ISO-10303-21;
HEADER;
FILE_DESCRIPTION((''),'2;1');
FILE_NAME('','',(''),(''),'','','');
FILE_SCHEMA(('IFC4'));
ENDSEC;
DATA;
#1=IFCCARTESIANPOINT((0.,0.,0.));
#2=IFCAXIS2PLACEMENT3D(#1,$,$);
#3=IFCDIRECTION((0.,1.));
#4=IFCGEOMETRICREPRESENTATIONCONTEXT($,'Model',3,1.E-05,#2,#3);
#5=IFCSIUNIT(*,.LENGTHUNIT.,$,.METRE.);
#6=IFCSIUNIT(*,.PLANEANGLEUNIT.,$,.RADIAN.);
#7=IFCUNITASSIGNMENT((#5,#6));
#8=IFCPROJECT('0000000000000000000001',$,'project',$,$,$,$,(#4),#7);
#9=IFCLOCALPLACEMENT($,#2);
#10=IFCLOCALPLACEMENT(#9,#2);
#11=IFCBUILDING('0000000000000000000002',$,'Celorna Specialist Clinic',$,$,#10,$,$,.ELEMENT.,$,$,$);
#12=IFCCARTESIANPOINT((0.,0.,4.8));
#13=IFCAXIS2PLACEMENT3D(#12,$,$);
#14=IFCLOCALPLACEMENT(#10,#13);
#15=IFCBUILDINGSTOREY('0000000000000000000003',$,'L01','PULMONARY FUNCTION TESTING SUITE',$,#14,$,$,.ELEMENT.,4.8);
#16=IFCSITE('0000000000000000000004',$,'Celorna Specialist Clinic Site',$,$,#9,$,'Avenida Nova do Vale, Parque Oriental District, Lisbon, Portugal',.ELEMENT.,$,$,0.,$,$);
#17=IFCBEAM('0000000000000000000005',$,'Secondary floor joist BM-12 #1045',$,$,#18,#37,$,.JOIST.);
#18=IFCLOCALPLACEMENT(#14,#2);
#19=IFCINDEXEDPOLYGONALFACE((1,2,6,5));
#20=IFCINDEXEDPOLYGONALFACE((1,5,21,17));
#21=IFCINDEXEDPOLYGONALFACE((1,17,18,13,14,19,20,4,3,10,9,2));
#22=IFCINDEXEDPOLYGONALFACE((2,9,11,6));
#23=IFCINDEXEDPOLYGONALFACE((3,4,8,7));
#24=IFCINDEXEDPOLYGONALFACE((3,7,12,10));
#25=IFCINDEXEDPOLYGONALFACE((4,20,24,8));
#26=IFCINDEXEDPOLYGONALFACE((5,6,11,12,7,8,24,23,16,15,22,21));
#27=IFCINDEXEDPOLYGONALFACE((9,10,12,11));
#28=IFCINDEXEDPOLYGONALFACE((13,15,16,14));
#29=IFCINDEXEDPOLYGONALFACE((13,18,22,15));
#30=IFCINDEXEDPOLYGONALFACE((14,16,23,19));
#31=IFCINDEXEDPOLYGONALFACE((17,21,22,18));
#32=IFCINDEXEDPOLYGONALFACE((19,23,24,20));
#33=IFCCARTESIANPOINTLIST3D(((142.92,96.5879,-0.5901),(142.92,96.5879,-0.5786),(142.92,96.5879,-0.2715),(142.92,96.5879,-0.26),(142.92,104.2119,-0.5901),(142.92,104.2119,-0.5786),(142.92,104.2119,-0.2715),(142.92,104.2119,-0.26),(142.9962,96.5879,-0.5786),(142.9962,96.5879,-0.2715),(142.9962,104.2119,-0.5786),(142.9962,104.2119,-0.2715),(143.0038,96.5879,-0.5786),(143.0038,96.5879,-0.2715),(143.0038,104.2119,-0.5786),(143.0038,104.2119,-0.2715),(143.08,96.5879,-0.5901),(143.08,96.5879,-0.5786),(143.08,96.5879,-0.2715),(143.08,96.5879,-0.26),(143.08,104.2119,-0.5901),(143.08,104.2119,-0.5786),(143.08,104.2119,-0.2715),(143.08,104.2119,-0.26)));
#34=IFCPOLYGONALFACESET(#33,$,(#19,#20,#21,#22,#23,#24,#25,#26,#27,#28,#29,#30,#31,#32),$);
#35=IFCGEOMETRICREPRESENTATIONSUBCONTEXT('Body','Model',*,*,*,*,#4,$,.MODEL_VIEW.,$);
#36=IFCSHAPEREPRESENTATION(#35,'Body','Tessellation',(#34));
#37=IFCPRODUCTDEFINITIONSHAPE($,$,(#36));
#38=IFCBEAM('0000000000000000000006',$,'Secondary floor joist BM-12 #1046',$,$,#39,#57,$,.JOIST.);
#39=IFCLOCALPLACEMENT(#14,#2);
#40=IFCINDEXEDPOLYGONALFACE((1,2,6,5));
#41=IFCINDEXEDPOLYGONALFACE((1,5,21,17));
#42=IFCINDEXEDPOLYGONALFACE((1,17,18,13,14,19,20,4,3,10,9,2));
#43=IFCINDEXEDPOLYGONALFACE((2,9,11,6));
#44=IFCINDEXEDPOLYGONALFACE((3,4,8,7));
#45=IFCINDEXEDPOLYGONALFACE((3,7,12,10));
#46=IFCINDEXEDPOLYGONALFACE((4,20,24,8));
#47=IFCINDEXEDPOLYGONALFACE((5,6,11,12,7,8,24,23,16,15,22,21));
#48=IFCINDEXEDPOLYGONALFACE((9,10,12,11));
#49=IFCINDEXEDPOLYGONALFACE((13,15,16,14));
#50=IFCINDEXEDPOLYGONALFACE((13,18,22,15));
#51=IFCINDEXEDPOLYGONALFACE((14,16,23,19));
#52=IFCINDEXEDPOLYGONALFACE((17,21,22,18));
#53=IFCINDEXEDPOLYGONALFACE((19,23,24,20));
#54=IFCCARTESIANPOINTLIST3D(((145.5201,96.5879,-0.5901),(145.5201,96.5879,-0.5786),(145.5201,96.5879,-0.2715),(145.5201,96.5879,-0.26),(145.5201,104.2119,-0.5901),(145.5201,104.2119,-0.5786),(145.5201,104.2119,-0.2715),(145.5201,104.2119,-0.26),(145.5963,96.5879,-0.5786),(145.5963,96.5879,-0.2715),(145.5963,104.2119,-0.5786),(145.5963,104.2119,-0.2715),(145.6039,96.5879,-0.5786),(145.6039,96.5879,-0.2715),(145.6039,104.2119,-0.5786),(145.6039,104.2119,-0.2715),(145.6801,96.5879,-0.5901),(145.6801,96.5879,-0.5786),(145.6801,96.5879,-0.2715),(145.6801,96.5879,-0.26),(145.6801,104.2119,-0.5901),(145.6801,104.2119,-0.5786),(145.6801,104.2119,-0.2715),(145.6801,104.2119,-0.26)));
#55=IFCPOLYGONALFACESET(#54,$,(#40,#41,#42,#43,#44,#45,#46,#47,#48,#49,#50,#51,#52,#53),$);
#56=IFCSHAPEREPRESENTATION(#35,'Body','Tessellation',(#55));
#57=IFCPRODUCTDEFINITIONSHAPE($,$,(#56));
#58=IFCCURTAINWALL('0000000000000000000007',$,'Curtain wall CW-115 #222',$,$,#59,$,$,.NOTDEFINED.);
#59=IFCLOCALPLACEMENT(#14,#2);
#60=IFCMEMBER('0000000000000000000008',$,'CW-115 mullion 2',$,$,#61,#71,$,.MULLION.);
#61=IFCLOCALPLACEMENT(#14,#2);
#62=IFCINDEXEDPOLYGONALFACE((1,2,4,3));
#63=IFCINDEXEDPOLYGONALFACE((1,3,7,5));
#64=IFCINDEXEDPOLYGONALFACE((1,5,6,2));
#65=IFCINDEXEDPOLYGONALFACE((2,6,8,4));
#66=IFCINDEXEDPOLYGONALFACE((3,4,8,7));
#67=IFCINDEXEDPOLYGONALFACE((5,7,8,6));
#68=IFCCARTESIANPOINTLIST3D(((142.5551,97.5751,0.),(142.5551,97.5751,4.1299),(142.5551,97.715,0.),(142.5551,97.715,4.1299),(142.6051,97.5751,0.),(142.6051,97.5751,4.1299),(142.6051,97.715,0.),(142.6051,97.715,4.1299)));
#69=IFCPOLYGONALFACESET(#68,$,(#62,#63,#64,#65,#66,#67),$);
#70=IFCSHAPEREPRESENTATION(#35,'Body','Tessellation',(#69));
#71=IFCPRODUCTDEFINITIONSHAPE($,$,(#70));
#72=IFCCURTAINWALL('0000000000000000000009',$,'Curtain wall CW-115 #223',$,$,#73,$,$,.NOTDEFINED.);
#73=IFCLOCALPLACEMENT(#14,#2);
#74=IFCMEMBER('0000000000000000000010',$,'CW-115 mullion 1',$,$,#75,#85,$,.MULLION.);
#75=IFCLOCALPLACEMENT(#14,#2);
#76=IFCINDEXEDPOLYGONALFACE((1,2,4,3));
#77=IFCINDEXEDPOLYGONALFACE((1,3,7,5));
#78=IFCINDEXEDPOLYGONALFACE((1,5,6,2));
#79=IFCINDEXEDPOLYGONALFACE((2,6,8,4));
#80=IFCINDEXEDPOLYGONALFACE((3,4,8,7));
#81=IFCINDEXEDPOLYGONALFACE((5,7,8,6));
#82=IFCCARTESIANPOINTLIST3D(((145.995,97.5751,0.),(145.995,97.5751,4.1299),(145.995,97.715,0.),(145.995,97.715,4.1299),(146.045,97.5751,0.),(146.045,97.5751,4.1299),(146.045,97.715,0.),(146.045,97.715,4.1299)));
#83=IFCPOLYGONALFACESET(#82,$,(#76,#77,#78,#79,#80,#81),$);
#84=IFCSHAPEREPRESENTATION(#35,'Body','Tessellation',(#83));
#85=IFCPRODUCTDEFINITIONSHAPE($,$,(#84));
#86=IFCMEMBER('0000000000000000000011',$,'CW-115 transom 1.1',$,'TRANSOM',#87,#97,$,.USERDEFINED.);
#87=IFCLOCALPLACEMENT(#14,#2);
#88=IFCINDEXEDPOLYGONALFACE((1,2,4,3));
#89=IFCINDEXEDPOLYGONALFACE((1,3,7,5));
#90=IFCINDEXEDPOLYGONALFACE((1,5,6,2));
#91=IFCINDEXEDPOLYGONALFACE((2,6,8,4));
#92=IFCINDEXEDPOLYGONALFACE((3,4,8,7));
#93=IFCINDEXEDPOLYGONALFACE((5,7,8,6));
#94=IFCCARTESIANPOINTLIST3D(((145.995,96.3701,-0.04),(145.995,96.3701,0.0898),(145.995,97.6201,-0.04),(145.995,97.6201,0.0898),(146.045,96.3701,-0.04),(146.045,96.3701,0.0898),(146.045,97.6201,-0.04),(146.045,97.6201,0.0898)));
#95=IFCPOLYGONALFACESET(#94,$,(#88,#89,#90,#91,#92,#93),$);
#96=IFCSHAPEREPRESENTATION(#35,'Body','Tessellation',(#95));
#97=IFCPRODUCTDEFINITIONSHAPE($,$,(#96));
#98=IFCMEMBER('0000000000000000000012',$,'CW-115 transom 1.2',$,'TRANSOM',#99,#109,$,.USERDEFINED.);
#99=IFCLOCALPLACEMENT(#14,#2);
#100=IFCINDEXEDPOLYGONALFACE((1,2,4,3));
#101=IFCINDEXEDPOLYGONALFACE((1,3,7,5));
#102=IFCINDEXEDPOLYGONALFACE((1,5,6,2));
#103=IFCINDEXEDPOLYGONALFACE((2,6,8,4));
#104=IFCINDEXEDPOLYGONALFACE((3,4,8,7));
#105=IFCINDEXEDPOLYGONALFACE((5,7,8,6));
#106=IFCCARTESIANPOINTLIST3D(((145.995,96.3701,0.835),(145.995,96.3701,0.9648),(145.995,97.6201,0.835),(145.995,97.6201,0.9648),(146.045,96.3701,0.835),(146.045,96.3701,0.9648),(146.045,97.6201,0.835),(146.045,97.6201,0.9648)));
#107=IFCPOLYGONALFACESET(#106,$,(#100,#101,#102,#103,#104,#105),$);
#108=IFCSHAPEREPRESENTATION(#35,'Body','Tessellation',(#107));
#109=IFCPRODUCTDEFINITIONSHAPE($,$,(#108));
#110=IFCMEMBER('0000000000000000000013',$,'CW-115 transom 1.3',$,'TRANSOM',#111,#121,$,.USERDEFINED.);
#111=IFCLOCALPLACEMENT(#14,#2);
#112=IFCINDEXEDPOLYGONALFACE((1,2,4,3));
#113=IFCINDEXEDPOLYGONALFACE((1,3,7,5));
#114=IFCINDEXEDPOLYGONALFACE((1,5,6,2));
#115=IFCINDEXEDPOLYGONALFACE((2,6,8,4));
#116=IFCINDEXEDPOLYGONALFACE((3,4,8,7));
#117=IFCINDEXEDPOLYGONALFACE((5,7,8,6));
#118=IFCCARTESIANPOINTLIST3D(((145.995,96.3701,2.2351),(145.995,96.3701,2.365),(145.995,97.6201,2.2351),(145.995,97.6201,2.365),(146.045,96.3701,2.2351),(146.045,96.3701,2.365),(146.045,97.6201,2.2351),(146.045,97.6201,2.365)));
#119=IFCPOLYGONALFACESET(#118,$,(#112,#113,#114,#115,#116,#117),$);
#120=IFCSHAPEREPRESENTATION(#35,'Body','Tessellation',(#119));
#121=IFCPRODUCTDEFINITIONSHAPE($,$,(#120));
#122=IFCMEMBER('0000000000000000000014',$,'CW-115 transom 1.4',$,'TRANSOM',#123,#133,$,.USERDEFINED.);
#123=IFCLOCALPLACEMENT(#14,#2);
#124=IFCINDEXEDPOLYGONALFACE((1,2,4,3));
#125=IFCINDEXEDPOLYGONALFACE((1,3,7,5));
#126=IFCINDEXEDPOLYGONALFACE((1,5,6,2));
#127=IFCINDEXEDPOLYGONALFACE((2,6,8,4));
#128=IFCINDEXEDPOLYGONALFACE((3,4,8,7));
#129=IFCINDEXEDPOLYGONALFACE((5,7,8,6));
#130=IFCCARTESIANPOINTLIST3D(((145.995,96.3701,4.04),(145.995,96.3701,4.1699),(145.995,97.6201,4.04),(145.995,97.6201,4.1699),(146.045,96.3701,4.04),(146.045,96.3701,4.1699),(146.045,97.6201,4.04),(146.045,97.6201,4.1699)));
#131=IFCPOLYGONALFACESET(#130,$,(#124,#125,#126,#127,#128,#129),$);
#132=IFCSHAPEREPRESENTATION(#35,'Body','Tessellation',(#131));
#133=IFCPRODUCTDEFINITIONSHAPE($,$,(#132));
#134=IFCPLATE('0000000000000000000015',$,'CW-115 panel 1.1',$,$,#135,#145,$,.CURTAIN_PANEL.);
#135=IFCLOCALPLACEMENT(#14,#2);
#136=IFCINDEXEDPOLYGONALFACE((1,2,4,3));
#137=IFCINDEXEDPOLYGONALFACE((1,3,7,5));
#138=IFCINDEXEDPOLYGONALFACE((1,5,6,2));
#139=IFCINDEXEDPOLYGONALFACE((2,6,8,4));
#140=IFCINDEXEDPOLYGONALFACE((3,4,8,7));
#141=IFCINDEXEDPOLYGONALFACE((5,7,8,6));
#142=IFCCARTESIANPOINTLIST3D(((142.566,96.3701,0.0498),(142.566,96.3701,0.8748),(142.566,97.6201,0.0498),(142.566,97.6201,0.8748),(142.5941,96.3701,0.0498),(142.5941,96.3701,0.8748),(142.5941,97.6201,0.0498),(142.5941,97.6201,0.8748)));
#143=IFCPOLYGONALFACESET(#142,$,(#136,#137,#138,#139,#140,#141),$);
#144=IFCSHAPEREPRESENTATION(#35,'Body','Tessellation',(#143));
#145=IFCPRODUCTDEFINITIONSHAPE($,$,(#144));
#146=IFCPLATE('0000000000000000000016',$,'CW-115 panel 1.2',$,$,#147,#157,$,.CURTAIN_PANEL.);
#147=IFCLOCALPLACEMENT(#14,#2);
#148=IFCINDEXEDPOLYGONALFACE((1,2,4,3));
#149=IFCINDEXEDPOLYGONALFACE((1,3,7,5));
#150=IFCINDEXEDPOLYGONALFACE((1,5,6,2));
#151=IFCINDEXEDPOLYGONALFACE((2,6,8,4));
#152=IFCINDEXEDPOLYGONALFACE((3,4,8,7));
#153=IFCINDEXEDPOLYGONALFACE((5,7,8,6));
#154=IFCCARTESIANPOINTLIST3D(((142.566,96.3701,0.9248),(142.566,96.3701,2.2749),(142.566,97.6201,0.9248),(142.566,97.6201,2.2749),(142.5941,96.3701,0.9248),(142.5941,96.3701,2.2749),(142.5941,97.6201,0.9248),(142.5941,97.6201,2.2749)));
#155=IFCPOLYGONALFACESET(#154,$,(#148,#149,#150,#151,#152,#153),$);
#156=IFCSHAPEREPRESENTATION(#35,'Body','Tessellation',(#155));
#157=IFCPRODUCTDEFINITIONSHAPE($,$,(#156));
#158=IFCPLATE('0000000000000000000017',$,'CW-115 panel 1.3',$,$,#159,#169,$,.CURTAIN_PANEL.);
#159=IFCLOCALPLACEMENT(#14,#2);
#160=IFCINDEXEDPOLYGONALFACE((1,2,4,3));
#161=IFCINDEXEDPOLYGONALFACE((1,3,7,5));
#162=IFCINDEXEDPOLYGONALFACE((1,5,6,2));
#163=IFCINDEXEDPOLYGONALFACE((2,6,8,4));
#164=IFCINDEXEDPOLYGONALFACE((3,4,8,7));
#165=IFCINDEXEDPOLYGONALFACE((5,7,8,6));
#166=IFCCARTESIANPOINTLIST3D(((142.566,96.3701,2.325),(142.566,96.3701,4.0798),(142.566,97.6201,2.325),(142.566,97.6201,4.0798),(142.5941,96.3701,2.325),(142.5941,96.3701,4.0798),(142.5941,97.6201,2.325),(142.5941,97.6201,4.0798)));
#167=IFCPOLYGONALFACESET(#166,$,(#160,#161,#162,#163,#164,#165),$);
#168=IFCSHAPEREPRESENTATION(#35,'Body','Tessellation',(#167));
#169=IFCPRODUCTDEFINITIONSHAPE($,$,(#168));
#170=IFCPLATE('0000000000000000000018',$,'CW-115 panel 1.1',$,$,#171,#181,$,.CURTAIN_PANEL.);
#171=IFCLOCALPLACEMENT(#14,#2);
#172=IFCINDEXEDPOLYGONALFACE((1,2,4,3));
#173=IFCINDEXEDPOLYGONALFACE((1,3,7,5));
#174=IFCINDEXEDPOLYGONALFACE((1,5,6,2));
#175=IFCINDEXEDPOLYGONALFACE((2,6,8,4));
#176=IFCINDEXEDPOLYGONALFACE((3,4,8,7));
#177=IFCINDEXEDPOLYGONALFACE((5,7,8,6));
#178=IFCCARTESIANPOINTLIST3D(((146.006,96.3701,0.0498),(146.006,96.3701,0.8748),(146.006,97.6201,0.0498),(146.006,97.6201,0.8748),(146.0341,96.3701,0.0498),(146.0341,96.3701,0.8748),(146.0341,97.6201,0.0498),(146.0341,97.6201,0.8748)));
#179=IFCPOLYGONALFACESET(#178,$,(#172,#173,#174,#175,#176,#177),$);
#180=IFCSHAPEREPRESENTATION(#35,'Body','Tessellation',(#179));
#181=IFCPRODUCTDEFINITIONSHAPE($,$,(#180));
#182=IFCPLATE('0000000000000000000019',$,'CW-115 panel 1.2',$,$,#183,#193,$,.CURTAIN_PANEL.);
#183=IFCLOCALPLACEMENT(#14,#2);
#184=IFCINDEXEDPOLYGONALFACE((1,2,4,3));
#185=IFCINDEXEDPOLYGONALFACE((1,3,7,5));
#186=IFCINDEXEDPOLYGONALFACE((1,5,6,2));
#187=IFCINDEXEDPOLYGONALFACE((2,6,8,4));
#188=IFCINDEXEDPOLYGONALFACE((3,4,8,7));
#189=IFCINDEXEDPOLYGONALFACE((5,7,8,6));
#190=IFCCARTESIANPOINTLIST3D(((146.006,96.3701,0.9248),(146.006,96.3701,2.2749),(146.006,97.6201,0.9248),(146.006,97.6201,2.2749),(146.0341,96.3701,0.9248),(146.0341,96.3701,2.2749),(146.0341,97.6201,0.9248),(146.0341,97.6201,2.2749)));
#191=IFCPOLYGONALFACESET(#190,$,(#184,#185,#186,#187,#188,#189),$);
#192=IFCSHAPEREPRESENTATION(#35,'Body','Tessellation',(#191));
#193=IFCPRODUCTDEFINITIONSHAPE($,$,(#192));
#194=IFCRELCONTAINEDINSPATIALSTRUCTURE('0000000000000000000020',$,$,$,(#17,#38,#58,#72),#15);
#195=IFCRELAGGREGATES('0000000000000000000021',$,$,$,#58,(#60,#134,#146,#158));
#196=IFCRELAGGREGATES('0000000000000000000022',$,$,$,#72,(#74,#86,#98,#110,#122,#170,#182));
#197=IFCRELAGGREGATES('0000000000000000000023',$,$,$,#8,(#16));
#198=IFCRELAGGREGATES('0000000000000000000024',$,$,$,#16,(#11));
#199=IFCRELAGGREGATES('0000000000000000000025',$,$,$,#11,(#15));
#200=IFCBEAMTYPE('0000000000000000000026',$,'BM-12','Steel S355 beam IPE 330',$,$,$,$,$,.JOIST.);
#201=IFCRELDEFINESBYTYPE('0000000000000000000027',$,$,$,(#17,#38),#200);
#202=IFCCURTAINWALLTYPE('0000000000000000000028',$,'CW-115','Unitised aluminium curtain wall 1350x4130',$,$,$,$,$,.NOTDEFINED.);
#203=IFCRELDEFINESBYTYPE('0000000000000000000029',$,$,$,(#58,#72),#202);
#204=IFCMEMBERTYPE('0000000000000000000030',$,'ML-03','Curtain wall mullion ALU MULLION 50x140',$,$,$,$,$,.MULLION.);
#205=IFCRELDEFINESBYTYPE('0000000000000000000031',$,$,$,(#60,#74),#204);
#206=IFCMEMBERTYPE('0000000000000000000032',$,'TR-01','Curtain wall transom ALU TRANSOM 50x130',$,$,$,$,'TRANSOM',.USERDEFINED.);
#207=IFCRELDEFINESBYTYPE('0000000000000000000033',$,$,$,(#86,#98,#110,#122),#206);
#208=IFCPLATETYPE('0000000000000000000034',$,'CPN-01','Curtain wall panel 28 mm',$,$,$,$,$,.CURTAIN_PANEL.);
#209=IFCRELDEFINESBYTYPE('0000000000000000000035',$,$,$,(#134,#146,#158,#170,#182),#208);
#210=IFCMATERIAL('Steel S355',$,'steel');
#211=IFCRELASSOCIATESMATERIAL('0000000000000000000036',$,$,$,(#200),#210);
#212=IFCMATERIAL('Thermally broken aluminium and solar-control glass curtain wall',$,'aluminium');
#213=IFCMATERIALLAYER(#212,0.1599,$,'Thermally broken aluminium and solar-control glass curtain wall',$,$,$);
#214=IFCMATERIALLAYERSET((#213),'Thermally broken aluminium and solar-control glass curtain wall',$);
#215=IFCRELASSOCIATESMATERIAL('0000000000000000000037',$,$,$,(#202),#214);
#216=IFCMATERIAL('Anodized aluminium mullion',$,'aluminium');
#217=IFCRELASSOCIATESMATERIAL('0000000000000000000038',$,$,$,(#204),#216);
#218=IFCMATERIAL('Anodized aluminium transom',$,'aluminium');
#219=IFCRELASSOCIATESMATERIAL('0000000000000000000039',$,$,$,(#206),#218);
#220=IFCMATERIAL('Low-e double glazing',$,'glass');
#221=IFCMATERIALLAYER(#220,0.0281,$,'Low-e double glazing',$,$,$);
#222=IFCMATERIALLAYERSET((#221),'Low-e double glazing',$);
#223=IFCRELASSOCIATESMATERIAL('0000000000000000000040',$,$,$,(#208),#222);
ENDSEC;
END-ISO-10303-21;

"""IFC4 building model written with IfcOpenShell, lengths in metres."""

from ifc_helpers import new_model, si_unit, direction, frame, origin, origin_2d, place, context, subcontext, project, spatial, rectangle, i_section, extrude, material, layer, layer_set, material_profile, profile_set, type_object, element, aggregate, save


model = new_model("IFC4")

# Units and contexts
model_context = context("Model", 3, precision=1e-05, world=origin(), true_north=direction((0.0, 1.0)))
body_context = subcontext(model_context, "Body", "Model", "MODEL_VIEW")
ifc_project = project(units=[si_unit("LENGTHUNIT", "METRE"), si_unit("PLANEANGLEUNIT", "RADIAN")], contexts=[model_context])

# Site, building, storey
site_placement = place(None, origin())
site = spatial("IfcSite", under=ifc_project, at=site_placement, Name="Celorna Specialist Clinic Site", LongName="Avenida Nova do Vale, Parque Oriental District, Lisbon, Portugal", CompositionType="ELEMENT", RefElevation=0.0)
building_placement = place(site_placement, origin())
building = spatial("IfcBuilding", under=site, at=building_placement, Name="Celorna Specialist Clinic", CompositionType="ELEMENT")
storey_placement = place(building_placement, frame((0.0, 0.0, 4.8)))
storey = spatial("IfcBuildingStorey", under=building, at=storey_placement, Name="L01", Description="PULMONARY FUNCTION TESTING SUITE", CompositionType="ELEMENT", Elevation=4.8)

# Beams
ifc_material_1 = material(Name="Steel S355", Category="steel")
ifc_material_profile_1 = material_profile(ifc_material_1, i_section(OverallWidth=0.1599, OverallDepth=0.3301, WebThickness=0.0076, FlangeThickness=0.0115, at=origin_2d()), Name="IPE 330")
ifc_profile_set_1 = profile_set([ifc_material_profile_1], Name="Steel S355")
beam_type = type_object("IfcBeamType", Name="BM-12", Description="Steel S355 beam IPE 330", PredefinedType="JOIST", material=ifc_profile_set_1)
for number, where, z_axis, x_axis, name in (
    (1, (143.0, 96.5879, -0.425), (0.0, 1.0, 0.0), (-1.0, 0.0, 0.0), "Secondary floor joist BM-12 #1045"),
    (2, (145.6001, 96.5879, -0.425), (0.0, 1.0, 0.0), (-1.0, 0.0, 0.0), "Secondary floor joist BM-12 #1046"),
):
    element("IfcBeam", number, at=place(storey_placement, frame(where, z_axis=z_axis, x_axis=x_axis)), inside=storey, type_object=beam_type, Name=name, PredefinedType="JOIST", context=body_context, shape_type="SweptSolid", body=[
        extrude(i_section(OverallWidth=0.1599, OverallDepth=0.3301, WebThickness=0.0076, FlangeThickness=0.0115, at=origin_2d()), origin(), (0.0, 0.0, 1.0), 7.624),
    ])

# Curtain wall, member
ifc_material_2 = material(Name="Thermally broken aluminium and solar-control glass curtain wall", Category="aluminium")
ifc_layer_1 = layer(ifc_material_2, 0.1599, Name="Thermally broken aluminium and solar-control glass curtain wall")
ifc_layer_set_1 = layer_set([ifc_layer_1], Name="Thermally broken aluminium and solar-control glass curtain wall")
curtain_wall_type = type_object("IfcCurtainWallType", Name="CW-115", Description="Unitised aluminium curtain wall 1350x4130", PredefinedType="NOTDEFINED", material=ifc_layer_set_1)
curtain_wall_1_placement = place(storey_placement, origin())
curtain_wall_1 = element("IfcCurtainWall", 3, at=curtain_wall_1_placement, inside=storey, type_object=curtain_wall_type, Name="Curtain wall CW-115 #222", PredefinedType="NOTDEFINED")
ifc_material_3 = material(Name="Anodized aluminium mullion", Category="aluminium")
ifc_material_profile_2 = material_profile(ifc_material_3, rectangle(XDim=0.05, YDim=0.1399, at=origin_2d()), Name="ALU MULLION 50x140")
ifc_profile_set_2 = profile_set([ifc_material_profile_2], Name="Anodized aluminium mullion")
member_type_1 = type_object("IfcMemberType", Name="ML-03", Description="Curtain wall mullion ALU MULLION 50x140", PredefinedType="MULLION", material=ifc_profile_set_2)
member_1_placement = place(storey_placement, frame((142.5801, 97.645, 0.0), z_axis=(0.0, 0.0, 1.0), x_axis=(-1.0, 0.0, 0.0)))
member_1 = element("IfcMember", 4, at=member_1_placement, type_object=member_type_1, Name="CW-115 mullion 2", PredefinedType="MULLION", context=body_context, shape_type="SweptSolid", body=[
    extrude(rectangle(XDim=0.05, YDim=0.1399, at=origin_2d()), origin(), (0.0, 0.0, 1.0), 4.1299),
])

# Curtain wall, members
curtain_wall_2_placement = place(storey_placement, origin())
curtain_wall_2 = element("IfcCurtainWall", 5, at=curtain_wall_2_placement, inside=storey, type_object=curtain_wall_type, Name="Curtain wall CW-115 #223", PredefinedType="NOTDEFINED")
member_2_placement = place(storey_placement, frame((146.02, 97.645, 0.0), z_axis=(0.0, 0.0, 1.0), x_axis=(1.0, 0.0, 0.0)))
member_2 = element("IfcMember", 6, at=member_2_placement, type_object=member_type_1, Name="CW-115 mullion 1", PredefinedType="MULLION", context=body_context, shape_type="SweptSolid", body=[
    extrude(rectangle(XDim=0.05, YDim=0.1399, at=origin_2d()), origin(), (0.0, 0.0, 1.0), 4.1299),
])
ifc_material_4 = material(Name="Anodized aluminium transom", Category="aluminium")
ifc_material_profile_3 = material_profile(ifc_material_4, rectangle(XDim=0.05, YDim=0.1299, at=origin_2d()), Name="ALU TRANSOM 50x130")
ifc_profile_set_3 = profile_set([ifc_material_profile_3], Name="Anodized aluminium transom")
member_type_2 = type_object("IfcMemberType", Name="TR-01", Description="Curtain wall transom ALU TRANSOM 50x130", ElementType="TRANSOM", PredefinedType="USERDEFINED", material=ifc_profile_set_3)
member_3_placement = place(storey_placement, frame((146.02, 97.6201, 0.0249), z_axis=(0.0, -1.0, 0.0), x_axis=(1.0, 0.0, 0.0)))
member_3 = element("IfcMember", 7, at=member_3_placement, type_object=member_type_2, Name="CW-115 transom 1.1", ObjectType="TRANSOM", PredefinedType="USERDEFINED", context=body_context, shape_type="SweptSolid", body=[
    extrude(rectangle(XDim=0.05, YDim=0.1299, at=origin_2d()), origin(), (0.0, 0.0, 1.0), 1.25),
])
member_4_placement = place(storey_placement, frame((146.02, 97.6201, 0.8999), z_axis=(0.0, -1.0, 0.0), x_axis=(1.0, 0.0, 0.0)))
member_4 = element("IfcMember", 8, at=member_4_placement, type_object=member_type_2, Name="CW-115 transom 1.2", ObjectType="TRANSOM", PredefinedType="USERDEFINED", context=body_context, shape_type="SweptSolid", body=[
    extrude(rectangle(XDim=0.05, YDim=0.1299, at=origin_2d()), origin(), (0.0, 0.0, 1.0), 1.25),
])
member_5_placement = place(storey_placement, frame((146.02, 97.6201, 2.3), z_axis=(0.0, -1.0, 0.0), x_axis=(1.0, 0.0, 0.0)))
member_5 = element("IfcMember", 9, at=member_5_placement, type_object=member_type_2, Name="CW-115 transom 1.3", ObjectType="TRANSOM", PredefinedType="USERDEFINED", context=body_context, shape_type="SweptSolid", body=[
    extrude(rectangle(XDim=0.05, YDim=0.1299, at=origin_2d()), origin(), (0.0, 0.0, 1.0), 1.25),
])
member_6_placement = place(storey_placement, frame((146.02, 97.6201, 4.105), z_axis=(0.0, -1.0, 0.0), x_axis=(1.0, 0.0, 0.0)))
member_6 = element("IfcMember", 10, at=member_6_placement, type_object=member_type_2, Name="CW-115 transom 1.4", ObjectType="TRANSOM", PredefinedType="USERDEFINED", context=body_context, shape_type="SweptSolid", body=[
    extrude(rectangle(XDim=0.05, YDim=0.1299, at=origin_2d()), origin(), (0.0, 0.0, 1.0), 1.25),
])

# Plates
ifc_material_5 = material(Name="Low-e double glazing", Category="glass")
ifc_layer_2 = layer(ifc_material_5, 0.0281, Name="Low-e double glazing")
ifc_layer_set_2 = layer_set([ifc_layer_2], Name="Low-e double glazing")
plate_type = type_object("IfcPlateType", Name="CPN-01", Description="Curtain wall panel 28 mm", PredefinedType="CURTAIN_PANEL", material=ifc_layer_set_2)
plate_1_placement = place(storey_placement, frame((142.5801, 96.9951, 0.0498), z_axis=(0.0, 0.0, 1.0), x_axis=(0.0, 1.0, 0.0)))
plate_1 = element("IfcPlate", 11, at=plate_1_placement, type_object=plate_type, Name="CW-115 panel 1.1", PredefinedType="CURTAIN_PANEL", context=body_context, shape_type="SweptSolid", body=[
    extrude(rectangle(XDim=1.25, YDim=0.0281, at=origin_2d()), origin(), (0.0, 0.0, 1.0), 0.825),
])
plate_2_placement = place(storey_placement, frame((142.5801, 96.9951, 0.9248), z_axis=(0.0, 0.0, 1.0), x_axis=(0.0, 1.0, 0.0)))
plate_2 = element("IfcPlate", 12, at=plate_2_placement, type_object=plate_type, Name="CW-115 panel 1.2", PredefinedType="CURTAIN_PANEL", context=body_context, shape_type="SweptSolid", body=[
    extrude(rectangle(XDim=1.25, YDim=0.0281, at=origin_2d()), origin(), (0.0, 0.0, 1.0), 1.3501),
])
plate_3_placement = place(storey_placement, frame((142.5801, 96.9951, 2.325), z_axis=(0.0, 0.0, 1.0), x_axis=(0.0, 1.0, 0.0)))
plate_3 = element("IfcPlate", 13, at=plate_3_placement, type_object=plate_type, Name="CW-115 panel 1.3", PredefinedType="CURTAIN_PANEL", context=body_context, shape_type="SweptSolid", body=[
    extrude(rectangle(XDim=1.25, YDim=0.0281, at=origin_2d()), origin(), (0.0, 0.0, 1.0), 1.7549),
])
aggregate(curtain_wall_1, [member_1, plate_1, plate_2, plate_3])
plate_4_placement = place(storey_placement, frame((146.02, 96.9951, 0.0498), z_axis=(0.0, 0.0, 1.0), x_axis=(0.0, -1.0, 0.0)))
plate_4 = element("IfcPlate", 14, at=plate_4_placement, type_object=plate_type, Name="CW-115 panel 1.1", PredefinedType="CURTAIN_PANEL", context=body_context, shape_type="SweptSolid", body=[
    extrude(rectangle(XDim=1.25, YDim=0.0281, at=origin_2d()), origin(), (0.0, 0.0, 1.0), 0.825),
])
plate_5_placement = place(storey_placement, frame((146.02, 96.9951, 0.9248), z_axis=(0.0, 0.0, 1.0), x_axis=(0.0, -1.0, 0.0)))
plate_5 = element("IfcPlate", 15, at=plate_5_placement, type_object=plate_type, Name="CW-115 panel 1.2", PredefinedType="CURTAIN_PANEL", context=body_context, shape_type="SweptSolid", body=[
    extrude(rectangle(XDim=1.25, YDim=0.0281, at=origin_2d()), origin(), (0.0, 0.0, 1.0), 1.3501),
])
aggregate(curtain_wall_2, [member_2, member_3, member_4, member_5, member_6, plate_4, plate_5])

save(model, "model.ifc")
